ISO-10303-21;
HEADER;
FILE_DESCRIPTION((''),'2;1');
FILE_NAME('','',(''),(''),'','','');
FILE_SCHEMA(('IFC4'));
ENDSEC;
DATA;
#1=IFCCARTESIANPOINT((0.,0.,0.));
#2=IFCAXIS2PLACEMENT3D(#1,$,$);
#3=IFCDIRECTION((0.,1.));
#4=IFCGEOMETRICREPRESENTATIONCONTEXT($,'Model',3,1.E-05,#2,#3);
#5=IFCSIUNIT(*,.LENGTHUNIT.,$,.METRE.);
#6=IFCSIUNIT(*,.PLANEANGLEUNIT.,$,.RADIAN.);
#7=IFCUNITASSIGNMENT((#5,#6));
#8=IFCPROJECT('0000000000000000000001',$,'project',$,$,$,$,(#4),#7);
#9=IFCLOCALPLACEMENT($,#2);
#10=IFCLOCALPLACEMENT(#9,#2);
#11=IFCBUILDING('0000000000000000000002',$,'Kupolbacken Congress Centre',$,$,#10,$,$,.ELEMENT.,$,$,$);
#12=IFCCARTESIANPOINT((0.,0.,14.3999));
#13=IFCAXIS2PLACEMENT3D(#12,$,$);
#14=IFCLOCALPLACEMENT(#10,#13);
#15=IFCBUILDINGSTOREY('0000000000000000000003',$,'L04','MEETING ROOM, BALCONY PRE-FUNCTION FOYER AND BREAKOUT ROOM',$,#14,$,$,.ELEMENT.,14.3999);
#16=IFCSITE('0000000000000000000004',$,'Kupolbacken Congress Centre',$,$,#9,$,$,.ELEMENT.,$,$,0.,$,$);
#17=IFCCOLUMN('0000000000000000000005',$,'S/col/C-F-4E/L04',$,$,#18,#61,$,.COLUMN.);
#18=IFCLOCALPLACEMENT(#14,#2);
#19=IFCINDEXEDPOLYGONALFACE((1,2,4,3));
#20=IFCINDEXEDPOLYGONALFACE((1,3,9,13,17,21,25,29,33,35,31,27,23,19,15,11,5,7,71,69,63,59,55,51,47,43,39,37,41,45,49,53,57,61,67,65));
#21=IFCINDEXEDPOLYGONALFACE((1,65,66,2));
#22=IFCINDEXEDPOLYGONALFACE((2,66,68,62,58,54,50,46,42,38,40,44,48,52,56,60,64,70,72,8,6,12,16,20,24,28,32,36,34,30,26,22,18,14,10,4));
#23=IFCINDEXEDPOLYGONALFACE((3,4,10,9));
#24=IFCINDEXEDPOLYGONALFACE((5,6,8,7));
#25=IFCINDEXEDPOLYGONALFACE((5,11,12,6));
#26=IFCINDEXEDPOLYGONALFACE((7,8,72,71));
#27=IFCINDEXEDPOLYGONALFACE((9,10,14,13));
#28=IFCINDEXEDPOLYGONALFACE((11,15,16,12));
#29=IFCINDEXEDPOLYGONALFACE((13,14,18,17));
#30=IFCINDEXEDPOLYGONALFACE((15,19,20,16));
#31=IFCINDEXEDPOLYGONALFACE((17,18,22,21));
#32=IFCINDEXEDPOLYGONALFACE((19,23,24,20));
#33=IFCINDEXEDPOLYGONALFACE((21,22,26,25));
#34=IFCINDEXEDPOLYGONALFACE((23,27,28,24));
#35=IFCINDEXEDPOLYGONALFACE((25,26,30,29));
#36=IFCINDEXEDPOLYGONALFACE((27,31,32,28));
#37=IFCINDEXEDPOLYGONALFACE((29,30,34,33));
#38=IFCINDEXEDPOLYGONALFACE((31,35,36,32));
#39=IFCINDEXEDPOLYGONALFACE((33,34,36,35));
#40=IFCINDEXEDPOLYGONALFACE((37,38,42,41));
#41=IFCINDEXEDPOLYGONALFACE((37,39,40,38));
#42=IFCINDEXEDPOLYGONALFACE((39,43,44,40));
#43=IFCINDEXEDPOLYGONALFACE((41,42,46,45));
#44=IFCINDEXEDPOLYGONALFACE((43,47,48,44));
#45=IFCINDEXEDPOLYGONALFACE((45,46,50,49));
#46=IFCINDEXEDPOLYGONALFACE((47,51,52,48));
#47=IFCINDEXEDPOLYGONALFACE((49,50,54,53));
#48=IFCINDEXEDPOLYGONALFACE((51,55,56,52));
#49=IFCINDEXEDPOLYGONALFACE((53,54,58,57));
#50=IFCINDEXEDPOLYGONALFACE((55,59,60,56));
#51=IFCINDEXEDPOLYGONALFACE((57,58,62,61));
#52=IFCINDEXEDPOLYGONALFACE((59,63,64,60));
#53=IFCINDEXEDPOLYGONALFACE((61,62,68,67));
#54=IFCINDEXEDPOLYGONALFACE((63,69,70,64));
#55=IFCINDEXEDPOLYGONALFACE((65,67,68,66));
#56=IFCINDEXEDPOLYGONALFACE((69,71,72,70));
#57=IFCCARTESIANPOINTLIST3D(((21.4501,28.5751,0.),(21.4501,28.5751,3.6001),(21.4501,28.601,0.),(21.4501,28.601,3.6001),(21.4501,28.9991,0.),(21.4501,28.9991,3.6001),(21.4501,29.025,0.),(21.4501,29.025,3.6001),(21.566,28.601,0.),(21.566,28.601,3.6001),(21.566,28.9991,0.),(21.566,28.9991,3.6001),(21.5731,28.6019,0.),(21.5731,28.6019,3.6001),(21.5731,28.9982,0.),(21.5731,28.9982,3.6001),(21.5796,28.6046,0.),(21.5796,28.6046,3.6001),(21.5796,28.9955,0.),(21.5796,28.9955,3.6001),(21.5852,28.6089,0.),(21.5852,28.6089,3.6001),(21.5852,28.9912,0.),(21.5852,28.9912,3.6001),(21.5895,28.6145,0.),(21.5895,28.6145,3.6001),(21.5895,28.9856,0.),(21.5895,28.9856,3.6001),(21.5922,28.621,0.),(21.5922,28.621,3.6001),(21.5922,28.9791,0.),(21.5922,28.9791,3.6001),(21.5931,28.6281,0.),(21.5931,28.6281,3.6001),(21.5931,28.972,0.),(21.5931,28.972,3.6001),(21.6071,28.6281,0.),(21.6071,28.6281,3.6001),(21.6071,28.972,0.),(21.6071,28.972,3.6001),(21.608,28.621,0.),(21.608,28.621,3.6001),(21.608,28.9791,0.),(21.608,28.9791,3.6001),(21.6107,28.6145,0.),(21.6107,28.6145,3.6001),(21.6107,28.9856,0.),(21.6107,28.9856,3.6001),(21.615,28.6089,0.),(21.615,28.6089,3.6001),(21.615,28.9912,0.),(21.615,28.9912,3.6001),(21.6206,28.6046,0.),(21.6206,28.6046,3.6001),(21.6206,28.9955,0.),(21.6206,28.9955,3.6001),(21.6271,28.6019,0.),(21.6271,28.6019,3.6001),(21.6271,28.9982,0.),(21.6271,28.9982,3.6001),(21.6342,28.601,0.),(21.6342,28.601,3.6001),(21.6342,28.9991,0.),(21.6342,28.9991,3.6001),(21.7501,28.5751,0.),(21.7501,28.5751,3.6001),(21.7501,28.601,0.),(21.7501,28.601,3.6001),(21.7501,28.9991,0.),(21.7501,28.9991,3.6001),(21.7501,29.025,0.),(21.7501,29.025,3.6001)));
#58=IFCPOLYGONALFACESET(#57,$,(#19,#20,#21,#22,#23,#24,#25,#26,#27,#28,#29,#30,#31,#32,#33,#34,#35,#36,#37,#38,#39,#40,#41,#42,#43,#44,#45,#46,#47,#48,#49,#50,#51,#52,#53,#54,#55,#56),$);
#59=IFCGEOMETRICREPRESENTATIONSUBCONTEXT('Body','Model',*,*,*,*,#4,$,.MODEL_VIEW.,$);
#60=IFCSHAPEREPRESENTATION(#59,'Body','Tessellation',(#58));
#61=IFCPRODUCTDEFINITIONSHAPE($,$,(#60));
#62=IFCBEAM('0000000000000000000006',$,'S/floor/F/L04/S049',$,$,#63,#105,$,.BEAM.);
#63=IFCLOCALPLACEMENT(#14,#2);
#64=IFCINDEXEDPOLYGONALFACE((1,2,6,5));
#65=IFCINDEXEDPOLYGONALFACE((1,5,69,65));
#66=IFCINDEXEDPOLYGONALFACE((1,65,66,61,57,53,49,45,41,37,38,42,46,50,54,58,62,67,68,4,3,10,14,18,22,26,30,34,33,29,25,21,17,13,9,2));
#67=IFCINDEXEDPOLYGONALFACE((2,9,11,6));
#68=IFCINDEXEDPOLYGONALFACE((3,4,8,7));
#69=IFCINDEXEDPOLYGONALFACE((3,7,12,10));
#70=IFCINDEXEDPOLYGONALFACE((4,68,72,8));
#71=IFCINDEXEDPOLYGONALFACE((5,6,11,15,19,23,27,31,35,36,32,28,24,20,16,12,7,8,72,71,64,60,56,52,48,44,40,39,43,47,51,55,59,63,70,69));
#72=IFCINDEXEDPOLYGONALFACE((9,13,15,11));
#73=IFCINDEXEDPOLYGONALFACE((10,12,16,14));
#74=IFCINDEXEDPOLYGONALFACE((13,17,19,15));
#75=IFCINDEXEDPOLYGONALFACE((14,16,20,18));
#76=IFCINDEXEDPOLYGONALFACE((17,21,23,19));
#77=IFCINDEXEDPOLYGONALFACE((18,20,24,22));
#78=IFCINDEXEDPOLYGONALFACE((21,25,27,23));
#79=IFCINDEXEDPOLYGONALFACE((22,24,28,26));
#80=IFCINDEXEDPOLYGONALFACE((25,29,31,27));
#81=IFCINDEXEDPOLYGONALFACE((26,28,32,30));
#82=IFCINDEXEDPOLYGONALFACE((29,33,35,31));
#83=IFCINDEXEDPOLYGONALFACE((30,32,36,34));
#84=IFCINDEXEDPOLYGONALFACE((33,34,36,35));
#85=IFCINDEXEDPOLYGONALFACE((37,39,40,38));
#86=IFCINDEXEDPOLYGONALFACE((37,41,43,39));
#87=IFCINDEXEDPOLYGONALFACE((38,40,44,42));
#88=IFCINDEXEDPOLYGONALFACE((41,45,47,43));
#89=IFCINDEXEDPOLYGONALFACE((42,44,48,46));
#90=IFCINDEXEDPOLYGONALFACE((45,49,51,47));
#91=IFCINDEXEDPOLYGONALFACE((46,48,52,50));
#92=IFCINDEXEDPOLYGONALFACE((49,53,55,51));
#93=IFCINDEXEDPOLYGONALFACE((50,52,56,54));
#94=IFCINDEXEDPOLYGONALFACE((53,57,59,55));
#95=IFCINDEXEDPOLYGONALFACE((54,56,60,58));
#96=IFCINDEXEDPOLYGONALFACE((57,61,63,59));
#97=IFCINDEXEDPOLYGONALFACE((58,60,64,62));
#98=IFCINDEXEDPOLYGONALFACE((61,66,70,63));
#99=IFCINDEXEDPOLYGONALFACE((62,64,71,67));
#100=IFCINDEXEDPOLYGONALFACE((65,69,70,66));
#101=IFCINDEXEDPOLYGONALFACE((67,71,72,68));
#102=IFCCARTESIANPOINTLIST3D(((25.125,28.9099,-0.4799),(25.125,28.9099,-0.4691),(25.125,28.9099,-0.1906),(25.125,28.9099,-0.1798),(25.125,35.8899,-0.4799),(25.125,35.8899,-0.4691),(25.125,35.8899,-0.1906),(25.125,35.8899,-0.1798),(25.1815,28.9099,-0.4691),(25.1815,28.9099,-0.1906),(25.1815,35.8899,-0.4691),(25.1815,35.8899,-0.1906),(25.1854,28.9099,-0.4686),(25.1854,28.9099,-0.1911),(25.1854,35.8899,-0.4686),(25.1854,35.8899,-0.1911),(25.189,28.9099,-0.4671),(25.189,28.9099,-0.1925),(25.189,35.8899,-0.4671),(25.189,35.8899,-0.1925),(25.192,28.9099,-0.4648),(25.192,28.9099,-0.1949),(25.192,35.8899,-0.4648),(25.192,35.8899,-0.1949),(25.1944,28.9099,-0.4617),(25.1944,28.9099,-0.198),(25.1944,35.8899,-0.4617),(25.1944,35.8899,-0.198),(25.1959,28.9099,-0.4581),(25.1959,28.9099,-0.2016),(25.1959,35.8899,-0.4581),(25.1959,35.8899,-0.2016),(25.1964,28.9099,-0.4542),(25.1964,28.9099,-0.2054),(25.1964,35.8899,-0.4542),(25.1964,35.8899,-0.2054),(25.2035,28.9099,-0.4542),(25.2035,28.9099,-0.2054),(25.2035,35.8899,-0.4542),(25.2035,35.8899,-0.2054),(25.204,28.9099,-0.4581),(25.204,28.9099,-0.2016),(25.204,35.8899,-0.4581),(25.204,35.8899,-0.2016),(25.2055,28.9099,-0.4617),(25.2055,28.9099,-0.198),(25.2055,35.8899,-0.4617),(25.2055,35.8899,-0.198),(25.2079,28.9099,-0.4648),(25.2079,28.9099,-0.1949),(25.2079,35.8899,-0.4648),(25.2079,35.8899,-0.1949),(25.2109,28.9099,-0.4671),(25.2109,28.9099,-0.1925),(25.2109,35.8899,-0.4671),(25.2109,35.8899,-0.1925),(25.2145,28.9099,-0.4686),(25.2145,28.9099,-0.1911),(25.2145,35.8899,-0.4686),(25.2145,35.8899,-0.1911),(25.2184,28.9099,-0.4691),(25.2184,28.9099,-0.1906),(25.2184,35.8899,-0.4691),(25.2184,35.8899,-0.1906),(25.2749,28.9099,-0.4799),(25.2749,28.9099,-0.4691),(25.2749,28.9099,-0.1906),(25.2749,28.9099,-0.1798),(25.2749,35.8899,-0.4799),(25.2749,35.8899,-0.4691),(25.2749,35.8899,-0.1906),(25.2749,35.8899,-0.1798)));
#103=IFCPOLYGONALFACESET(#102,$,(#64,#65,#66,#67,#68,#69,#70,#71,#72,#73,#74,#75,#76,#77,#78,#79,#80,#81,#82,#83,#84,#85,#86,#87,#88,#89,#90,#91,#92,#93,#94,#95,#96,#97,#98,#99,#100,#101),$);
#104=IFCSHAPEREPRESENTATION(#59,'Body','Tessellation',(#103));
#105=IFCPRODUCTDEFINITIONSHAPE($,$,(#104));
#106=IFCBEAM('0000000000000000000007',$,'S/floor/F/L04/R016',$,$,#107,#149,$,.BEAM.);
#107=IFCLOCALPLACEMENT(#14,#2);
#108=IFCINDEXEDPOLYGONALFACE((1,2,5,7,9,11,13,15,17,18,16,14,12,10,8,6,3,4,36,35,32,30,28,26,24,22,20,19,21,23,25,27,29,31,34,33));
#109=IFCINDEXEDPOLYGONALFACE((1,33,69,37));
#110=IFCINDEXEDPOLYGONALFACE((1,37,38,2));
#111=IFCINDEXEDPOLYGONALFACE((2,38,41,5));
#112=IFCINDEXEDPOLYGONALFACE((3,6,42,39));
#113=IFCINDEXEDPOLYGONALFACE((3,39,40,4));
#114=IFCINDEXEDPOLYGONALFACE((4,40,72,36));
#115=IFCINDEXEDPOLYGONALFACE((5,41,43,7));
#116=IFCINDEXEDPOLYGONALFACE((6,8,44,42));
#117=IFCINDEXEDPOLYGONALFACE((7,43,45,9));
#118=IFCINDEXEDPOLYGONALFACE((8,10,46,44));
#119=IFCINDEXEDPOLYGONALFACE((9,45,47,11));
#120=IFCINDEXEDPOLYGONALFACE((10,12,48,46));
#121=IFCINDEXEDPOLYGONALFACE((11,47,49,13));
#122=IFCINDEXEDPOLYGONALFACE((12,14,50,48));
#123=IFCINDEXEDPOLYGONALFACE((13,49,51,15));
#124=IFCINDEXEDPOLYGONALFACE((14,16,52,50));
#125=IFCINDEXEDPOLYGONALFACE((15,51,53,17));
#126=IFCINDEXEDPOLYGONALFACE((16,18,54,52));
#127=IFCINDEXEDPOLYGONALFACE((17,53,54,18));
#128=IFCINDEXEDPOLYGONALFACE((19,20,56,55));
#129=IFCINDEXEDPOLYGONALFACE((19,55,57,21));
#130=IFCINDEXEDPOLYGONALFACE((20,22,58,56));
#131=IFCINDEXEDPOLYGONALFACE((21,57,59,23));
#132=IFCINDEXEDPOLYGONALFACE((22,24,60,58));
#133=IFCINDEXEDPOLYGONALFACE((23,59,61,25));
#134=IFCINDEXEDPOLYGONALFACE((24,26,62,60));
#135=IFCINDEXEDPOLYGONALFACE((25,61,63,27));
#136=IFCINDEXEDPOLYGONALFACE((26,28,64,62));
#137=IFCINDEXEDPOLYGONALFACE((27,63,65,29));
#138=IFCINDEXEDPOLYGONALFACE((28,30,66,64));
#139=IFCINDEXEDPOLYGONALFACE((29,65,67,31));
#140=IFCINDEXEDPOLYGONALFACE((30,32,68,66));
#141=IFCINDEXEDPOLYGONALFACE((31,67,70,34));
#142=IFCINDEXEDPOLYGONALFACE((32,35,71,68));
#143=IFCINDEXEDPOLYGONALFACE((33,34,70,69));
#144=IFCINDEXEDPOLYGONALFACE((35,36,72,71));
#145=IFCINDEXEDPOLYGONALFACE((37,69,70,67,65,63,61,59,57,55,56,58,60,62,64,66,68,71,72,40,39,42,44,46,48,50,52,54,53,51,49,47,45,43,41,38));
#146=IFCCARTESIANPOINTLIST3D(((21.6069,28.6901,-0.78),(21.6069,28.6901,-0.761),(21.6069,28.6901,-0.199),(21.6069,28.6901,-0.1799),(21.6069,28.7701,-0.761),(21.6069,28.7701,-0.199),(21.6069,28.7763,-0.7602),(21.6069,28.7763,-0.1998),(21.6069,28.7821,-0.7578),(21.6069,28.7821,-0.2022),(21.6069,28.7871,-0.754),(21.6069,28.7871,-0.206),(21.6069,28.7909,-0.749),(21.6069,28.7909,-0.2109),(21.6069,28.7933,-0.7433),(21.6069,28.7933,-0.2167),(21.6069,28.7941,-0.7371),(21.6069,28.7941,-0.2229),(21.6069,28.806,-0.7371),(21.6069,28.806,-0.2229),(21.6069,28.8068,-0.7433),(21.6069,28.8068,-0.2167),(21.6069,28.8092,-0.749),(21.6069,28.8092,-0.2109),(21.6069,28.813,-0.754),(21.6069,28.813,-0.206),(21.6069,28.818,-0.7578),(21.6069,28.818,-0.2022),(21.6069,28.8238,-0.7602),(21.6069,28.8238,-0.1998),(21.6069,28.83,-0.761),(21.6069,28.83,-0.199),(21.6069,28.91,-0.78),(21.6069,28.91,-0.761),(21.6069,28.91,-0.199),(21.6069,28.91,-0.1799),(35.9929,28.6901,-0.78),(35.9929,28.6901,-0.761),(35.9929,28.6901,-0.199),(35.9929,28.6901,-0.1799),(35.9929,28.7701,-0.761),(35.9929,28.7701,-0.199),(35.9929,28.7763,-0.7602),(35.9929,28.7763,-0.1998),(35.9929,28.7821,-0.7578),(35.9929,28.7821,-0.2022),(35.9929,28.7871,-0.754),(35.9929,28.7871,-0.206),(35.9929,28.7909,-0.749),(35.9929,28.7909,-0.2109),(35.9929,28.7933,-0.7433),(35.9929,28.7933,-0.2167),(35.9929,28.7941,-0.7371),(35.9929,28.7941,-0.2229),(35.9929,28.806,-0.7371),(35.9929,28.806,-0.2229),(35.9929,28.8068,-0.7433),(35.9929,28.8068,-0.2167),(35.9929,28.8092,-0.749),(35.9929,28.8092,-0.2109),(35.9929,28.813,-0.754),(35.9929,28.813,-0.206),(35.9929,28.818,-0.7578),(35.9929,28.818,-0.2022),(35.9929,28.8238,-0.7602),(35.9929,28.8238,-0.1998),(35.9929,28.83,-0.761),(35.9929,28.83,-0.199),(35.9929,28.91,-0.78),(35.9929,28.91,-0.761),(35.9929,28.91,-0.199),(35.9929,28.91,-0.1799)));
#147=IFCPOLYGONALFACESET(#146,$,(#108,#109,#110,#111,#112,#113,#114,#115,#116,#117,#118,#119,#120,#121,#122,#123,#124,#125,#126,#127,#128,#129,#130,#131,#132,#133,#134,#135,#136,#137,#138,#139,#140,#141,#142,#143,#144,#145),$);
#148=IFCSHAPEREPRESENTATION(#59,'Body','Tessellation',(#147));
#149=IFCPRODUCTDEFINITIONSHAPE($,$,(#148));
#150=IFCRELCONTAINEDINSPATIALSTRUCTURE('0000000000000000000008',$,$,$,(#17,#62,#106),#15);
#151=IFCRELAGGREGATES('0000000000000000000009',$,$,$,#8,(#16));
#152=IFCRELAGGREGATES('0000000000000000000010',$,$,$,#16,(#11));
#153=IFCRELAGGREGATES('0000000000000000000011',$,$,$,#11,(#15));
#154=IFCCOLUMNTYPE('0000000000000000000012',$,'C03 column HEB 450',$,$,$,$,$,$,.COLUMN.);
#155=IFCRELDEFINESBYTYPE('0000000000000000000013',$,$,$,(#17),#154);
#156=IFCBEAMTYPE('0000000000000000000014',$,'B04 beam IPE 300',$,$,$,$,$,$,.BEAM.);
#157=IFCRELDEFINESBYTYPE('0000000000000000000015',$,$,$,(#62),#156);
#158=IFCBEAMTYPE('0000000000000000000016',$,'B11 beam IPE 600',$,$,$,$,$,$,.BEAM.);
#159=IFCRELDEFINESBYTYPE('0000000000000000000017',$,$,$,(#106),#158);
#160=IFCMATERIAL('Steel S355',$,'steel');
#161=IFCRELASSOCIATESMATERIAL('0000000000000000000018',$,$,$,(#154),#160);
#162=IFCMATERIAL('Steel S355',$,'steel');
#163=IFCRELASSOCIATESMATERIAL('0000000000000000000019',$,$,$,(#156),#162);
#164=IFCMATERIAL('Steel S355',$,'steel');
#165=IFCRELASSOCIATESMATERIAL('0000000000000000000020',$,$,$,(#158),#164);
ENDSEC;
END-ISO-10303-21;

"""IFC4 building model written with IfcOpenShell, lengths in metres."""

from ifc_helpers import new_model, si_unit, direction, frame, origin, origin_2d, place, context, subcontext, project, spatial, i_section, extrude, material, material_profile, profile_set, type_object, element, save


model = new_model("IFC4")

# Units and contexts
model_context = context("Model", 3, precision=1e-05, world=origin(), true_north=direction((0.0, 1.0)))
body_context = subcontext(model_context, "Body", "Model", "MODEL_VIEW")
ifc_project = project(units=[si_unit("LENGTHUNIT", "METRE"), si_unit("PLANEANGLEUNIT", "RADIAN")], contexts=[model_context])

# Site, building, storey
site_placement = place(None, origin())
site = spatial("IfcSite", under=ifc_project, at=site_placement, Name="Kupolbacken Congress Centre", CompositionType="ELEMENT", RefElevation=0.0)
building_placement = place(site_placement, origin())
building = spatial("IfcBuilding", under=site, at=building_placement, Name="Kupolbacken Congress Centre", CompositionType="ELEMENT")
storey_placement = place(building_placement, frame((0.0, 0.0, 14.3999)))
storey = spatial("IfcBuildingStorey", under=building, at=storey_placement, Name="L04", Description="MEETING ROOM, BALCONY PRE-FUNCTION FOYER AND BREAKOUT ROOM", CompositionType="ELEMENT", Elevation=14.3999)

# Column
ifc_material_1 = material(Name="Steel S355", Category="steel")
ifc_material_profile_1 = material_profile(ifc_material_1, i_section(OverallWidth=0.3, OverallDepth=0.45, WebThickness=0.0139, FlangeThickness=0.0259, FilletRadius=0.0271, at=origin_2d()), Name="HEB 450")
ifc_profile_set_1 = profile_set([ifc_material_profile_1], Name="Steel S355")
column_type = type_object("IfcColumnType", Name="C03 column HEB 450", PredefinedType="COLUMN", material=ifc_profile_set_1)
column_placement = place(storey_placement, frame((21.6001, 28.8, 0.0), z_axis=(0.0, 0.0, 1.0), x_axis=(1.0, 0.0, 0.0)))
element("IfcColumn", 1, at=column_placement, inside=storey, type_object=column_type, Name="S/col/C-F-4E/L04", PredefinedType="COLUMN", context=body_context, shape_type="SweptSolid", body=[
    extrude(i_section(OverallWidth=0.3, OverallDepth=0.45, WebThickness=0.0139, FlangeThickness=0.0259, FilletRadius=0.0271, at=origin_2d()), origin(), (0.0, 0.0, 1.0), 3.6001),
])

# Beams
ifc_material_2 = material(Name="Steel S355", Category="steel")
ifc_material_profile_2 = material_profile(ifc_material_2, i_section(OverallWidth=0.1499, OverallDepth=0.3, WebThickness=0.0071, FlangeThickness=0.0107, FilletRadius=0.0149, at=origin_2d()), Name="IPE 300")
ifc_profile_set_2 = profile_set([ifc_material_profile_2], Name="Steel S355")
beam_type_1 = type_object("IfcBeamType", Name="B04 beam IPE 300", PredefinedType="BEAM", material=ifc_profile_set_2)
beam_1_placement = place(storey_placement, frame((25.2, 28.9099, -0.3298), z_axis=(0.0, 1.0, 0.0), x_axis=(-1.0, 0.0, 0.0)))
element("IfcBeam", 2, at=beam_1_placement, inside=storey, type_object=beam_type_1, Name="S/floor/F/L04/S049", PredefinedType="BEAM", context=body_context, shape_type="SweptSolid", body=[
    extrude(i_section(OverallWidth=0.1499, OverallDepth=0.3, WebThickness=0.0071, FlangeThickness=0.0107, FilletRadius=0.0149, at=origin_2d()), origin(), (0.0, 0.0, 1.0), 6.98),
])
ifc_material_3 = material(Name="Steel S355", Category="steel")
ifc_material_profile_3 = material_profile(ifc_material_3, i_section(OverallWidth=0.22, OverallDepth=0.6001, WebThickness=0.012, FlangeThickness=0.019, FilletRadius=0.0239, at=origin_2d()), Name="IPE 600")
ifc_profile_set_3 = profile_set([ifc_material_profile_3], Name="Steel S355")
beam_type_2 = type_object("IfcBeamType", Name="B11 beam IPE 600", PredefinedType="BEAM", material=ifc_profile_set_3)
beam_2_placement = place(storey_placement, frame((21.6069, 28.8, -0.48), z_axis=(1.0, 0.0, 0.0), x_axis=(0.0, 1.0, 0.0)))
element("IfcBeam", 3, at=beam_2_placement, inside=storey, type_object=beam_type_2, Name="S/floor/F/L04/R016", PredefinedType="BEAM", context=body_context, shape_type="SweptSolid", body=[
    extrude(i_section(OverallWidth=0.22, OverallDepth=0.6001, WebThickness=0.012, FlangeThickness=0.019, FilletRadius=0.0239, at=origin_2d()), origin(), (0.0, 0.0, 1.0), 14.386),
])

save(model, "model.ifc")
